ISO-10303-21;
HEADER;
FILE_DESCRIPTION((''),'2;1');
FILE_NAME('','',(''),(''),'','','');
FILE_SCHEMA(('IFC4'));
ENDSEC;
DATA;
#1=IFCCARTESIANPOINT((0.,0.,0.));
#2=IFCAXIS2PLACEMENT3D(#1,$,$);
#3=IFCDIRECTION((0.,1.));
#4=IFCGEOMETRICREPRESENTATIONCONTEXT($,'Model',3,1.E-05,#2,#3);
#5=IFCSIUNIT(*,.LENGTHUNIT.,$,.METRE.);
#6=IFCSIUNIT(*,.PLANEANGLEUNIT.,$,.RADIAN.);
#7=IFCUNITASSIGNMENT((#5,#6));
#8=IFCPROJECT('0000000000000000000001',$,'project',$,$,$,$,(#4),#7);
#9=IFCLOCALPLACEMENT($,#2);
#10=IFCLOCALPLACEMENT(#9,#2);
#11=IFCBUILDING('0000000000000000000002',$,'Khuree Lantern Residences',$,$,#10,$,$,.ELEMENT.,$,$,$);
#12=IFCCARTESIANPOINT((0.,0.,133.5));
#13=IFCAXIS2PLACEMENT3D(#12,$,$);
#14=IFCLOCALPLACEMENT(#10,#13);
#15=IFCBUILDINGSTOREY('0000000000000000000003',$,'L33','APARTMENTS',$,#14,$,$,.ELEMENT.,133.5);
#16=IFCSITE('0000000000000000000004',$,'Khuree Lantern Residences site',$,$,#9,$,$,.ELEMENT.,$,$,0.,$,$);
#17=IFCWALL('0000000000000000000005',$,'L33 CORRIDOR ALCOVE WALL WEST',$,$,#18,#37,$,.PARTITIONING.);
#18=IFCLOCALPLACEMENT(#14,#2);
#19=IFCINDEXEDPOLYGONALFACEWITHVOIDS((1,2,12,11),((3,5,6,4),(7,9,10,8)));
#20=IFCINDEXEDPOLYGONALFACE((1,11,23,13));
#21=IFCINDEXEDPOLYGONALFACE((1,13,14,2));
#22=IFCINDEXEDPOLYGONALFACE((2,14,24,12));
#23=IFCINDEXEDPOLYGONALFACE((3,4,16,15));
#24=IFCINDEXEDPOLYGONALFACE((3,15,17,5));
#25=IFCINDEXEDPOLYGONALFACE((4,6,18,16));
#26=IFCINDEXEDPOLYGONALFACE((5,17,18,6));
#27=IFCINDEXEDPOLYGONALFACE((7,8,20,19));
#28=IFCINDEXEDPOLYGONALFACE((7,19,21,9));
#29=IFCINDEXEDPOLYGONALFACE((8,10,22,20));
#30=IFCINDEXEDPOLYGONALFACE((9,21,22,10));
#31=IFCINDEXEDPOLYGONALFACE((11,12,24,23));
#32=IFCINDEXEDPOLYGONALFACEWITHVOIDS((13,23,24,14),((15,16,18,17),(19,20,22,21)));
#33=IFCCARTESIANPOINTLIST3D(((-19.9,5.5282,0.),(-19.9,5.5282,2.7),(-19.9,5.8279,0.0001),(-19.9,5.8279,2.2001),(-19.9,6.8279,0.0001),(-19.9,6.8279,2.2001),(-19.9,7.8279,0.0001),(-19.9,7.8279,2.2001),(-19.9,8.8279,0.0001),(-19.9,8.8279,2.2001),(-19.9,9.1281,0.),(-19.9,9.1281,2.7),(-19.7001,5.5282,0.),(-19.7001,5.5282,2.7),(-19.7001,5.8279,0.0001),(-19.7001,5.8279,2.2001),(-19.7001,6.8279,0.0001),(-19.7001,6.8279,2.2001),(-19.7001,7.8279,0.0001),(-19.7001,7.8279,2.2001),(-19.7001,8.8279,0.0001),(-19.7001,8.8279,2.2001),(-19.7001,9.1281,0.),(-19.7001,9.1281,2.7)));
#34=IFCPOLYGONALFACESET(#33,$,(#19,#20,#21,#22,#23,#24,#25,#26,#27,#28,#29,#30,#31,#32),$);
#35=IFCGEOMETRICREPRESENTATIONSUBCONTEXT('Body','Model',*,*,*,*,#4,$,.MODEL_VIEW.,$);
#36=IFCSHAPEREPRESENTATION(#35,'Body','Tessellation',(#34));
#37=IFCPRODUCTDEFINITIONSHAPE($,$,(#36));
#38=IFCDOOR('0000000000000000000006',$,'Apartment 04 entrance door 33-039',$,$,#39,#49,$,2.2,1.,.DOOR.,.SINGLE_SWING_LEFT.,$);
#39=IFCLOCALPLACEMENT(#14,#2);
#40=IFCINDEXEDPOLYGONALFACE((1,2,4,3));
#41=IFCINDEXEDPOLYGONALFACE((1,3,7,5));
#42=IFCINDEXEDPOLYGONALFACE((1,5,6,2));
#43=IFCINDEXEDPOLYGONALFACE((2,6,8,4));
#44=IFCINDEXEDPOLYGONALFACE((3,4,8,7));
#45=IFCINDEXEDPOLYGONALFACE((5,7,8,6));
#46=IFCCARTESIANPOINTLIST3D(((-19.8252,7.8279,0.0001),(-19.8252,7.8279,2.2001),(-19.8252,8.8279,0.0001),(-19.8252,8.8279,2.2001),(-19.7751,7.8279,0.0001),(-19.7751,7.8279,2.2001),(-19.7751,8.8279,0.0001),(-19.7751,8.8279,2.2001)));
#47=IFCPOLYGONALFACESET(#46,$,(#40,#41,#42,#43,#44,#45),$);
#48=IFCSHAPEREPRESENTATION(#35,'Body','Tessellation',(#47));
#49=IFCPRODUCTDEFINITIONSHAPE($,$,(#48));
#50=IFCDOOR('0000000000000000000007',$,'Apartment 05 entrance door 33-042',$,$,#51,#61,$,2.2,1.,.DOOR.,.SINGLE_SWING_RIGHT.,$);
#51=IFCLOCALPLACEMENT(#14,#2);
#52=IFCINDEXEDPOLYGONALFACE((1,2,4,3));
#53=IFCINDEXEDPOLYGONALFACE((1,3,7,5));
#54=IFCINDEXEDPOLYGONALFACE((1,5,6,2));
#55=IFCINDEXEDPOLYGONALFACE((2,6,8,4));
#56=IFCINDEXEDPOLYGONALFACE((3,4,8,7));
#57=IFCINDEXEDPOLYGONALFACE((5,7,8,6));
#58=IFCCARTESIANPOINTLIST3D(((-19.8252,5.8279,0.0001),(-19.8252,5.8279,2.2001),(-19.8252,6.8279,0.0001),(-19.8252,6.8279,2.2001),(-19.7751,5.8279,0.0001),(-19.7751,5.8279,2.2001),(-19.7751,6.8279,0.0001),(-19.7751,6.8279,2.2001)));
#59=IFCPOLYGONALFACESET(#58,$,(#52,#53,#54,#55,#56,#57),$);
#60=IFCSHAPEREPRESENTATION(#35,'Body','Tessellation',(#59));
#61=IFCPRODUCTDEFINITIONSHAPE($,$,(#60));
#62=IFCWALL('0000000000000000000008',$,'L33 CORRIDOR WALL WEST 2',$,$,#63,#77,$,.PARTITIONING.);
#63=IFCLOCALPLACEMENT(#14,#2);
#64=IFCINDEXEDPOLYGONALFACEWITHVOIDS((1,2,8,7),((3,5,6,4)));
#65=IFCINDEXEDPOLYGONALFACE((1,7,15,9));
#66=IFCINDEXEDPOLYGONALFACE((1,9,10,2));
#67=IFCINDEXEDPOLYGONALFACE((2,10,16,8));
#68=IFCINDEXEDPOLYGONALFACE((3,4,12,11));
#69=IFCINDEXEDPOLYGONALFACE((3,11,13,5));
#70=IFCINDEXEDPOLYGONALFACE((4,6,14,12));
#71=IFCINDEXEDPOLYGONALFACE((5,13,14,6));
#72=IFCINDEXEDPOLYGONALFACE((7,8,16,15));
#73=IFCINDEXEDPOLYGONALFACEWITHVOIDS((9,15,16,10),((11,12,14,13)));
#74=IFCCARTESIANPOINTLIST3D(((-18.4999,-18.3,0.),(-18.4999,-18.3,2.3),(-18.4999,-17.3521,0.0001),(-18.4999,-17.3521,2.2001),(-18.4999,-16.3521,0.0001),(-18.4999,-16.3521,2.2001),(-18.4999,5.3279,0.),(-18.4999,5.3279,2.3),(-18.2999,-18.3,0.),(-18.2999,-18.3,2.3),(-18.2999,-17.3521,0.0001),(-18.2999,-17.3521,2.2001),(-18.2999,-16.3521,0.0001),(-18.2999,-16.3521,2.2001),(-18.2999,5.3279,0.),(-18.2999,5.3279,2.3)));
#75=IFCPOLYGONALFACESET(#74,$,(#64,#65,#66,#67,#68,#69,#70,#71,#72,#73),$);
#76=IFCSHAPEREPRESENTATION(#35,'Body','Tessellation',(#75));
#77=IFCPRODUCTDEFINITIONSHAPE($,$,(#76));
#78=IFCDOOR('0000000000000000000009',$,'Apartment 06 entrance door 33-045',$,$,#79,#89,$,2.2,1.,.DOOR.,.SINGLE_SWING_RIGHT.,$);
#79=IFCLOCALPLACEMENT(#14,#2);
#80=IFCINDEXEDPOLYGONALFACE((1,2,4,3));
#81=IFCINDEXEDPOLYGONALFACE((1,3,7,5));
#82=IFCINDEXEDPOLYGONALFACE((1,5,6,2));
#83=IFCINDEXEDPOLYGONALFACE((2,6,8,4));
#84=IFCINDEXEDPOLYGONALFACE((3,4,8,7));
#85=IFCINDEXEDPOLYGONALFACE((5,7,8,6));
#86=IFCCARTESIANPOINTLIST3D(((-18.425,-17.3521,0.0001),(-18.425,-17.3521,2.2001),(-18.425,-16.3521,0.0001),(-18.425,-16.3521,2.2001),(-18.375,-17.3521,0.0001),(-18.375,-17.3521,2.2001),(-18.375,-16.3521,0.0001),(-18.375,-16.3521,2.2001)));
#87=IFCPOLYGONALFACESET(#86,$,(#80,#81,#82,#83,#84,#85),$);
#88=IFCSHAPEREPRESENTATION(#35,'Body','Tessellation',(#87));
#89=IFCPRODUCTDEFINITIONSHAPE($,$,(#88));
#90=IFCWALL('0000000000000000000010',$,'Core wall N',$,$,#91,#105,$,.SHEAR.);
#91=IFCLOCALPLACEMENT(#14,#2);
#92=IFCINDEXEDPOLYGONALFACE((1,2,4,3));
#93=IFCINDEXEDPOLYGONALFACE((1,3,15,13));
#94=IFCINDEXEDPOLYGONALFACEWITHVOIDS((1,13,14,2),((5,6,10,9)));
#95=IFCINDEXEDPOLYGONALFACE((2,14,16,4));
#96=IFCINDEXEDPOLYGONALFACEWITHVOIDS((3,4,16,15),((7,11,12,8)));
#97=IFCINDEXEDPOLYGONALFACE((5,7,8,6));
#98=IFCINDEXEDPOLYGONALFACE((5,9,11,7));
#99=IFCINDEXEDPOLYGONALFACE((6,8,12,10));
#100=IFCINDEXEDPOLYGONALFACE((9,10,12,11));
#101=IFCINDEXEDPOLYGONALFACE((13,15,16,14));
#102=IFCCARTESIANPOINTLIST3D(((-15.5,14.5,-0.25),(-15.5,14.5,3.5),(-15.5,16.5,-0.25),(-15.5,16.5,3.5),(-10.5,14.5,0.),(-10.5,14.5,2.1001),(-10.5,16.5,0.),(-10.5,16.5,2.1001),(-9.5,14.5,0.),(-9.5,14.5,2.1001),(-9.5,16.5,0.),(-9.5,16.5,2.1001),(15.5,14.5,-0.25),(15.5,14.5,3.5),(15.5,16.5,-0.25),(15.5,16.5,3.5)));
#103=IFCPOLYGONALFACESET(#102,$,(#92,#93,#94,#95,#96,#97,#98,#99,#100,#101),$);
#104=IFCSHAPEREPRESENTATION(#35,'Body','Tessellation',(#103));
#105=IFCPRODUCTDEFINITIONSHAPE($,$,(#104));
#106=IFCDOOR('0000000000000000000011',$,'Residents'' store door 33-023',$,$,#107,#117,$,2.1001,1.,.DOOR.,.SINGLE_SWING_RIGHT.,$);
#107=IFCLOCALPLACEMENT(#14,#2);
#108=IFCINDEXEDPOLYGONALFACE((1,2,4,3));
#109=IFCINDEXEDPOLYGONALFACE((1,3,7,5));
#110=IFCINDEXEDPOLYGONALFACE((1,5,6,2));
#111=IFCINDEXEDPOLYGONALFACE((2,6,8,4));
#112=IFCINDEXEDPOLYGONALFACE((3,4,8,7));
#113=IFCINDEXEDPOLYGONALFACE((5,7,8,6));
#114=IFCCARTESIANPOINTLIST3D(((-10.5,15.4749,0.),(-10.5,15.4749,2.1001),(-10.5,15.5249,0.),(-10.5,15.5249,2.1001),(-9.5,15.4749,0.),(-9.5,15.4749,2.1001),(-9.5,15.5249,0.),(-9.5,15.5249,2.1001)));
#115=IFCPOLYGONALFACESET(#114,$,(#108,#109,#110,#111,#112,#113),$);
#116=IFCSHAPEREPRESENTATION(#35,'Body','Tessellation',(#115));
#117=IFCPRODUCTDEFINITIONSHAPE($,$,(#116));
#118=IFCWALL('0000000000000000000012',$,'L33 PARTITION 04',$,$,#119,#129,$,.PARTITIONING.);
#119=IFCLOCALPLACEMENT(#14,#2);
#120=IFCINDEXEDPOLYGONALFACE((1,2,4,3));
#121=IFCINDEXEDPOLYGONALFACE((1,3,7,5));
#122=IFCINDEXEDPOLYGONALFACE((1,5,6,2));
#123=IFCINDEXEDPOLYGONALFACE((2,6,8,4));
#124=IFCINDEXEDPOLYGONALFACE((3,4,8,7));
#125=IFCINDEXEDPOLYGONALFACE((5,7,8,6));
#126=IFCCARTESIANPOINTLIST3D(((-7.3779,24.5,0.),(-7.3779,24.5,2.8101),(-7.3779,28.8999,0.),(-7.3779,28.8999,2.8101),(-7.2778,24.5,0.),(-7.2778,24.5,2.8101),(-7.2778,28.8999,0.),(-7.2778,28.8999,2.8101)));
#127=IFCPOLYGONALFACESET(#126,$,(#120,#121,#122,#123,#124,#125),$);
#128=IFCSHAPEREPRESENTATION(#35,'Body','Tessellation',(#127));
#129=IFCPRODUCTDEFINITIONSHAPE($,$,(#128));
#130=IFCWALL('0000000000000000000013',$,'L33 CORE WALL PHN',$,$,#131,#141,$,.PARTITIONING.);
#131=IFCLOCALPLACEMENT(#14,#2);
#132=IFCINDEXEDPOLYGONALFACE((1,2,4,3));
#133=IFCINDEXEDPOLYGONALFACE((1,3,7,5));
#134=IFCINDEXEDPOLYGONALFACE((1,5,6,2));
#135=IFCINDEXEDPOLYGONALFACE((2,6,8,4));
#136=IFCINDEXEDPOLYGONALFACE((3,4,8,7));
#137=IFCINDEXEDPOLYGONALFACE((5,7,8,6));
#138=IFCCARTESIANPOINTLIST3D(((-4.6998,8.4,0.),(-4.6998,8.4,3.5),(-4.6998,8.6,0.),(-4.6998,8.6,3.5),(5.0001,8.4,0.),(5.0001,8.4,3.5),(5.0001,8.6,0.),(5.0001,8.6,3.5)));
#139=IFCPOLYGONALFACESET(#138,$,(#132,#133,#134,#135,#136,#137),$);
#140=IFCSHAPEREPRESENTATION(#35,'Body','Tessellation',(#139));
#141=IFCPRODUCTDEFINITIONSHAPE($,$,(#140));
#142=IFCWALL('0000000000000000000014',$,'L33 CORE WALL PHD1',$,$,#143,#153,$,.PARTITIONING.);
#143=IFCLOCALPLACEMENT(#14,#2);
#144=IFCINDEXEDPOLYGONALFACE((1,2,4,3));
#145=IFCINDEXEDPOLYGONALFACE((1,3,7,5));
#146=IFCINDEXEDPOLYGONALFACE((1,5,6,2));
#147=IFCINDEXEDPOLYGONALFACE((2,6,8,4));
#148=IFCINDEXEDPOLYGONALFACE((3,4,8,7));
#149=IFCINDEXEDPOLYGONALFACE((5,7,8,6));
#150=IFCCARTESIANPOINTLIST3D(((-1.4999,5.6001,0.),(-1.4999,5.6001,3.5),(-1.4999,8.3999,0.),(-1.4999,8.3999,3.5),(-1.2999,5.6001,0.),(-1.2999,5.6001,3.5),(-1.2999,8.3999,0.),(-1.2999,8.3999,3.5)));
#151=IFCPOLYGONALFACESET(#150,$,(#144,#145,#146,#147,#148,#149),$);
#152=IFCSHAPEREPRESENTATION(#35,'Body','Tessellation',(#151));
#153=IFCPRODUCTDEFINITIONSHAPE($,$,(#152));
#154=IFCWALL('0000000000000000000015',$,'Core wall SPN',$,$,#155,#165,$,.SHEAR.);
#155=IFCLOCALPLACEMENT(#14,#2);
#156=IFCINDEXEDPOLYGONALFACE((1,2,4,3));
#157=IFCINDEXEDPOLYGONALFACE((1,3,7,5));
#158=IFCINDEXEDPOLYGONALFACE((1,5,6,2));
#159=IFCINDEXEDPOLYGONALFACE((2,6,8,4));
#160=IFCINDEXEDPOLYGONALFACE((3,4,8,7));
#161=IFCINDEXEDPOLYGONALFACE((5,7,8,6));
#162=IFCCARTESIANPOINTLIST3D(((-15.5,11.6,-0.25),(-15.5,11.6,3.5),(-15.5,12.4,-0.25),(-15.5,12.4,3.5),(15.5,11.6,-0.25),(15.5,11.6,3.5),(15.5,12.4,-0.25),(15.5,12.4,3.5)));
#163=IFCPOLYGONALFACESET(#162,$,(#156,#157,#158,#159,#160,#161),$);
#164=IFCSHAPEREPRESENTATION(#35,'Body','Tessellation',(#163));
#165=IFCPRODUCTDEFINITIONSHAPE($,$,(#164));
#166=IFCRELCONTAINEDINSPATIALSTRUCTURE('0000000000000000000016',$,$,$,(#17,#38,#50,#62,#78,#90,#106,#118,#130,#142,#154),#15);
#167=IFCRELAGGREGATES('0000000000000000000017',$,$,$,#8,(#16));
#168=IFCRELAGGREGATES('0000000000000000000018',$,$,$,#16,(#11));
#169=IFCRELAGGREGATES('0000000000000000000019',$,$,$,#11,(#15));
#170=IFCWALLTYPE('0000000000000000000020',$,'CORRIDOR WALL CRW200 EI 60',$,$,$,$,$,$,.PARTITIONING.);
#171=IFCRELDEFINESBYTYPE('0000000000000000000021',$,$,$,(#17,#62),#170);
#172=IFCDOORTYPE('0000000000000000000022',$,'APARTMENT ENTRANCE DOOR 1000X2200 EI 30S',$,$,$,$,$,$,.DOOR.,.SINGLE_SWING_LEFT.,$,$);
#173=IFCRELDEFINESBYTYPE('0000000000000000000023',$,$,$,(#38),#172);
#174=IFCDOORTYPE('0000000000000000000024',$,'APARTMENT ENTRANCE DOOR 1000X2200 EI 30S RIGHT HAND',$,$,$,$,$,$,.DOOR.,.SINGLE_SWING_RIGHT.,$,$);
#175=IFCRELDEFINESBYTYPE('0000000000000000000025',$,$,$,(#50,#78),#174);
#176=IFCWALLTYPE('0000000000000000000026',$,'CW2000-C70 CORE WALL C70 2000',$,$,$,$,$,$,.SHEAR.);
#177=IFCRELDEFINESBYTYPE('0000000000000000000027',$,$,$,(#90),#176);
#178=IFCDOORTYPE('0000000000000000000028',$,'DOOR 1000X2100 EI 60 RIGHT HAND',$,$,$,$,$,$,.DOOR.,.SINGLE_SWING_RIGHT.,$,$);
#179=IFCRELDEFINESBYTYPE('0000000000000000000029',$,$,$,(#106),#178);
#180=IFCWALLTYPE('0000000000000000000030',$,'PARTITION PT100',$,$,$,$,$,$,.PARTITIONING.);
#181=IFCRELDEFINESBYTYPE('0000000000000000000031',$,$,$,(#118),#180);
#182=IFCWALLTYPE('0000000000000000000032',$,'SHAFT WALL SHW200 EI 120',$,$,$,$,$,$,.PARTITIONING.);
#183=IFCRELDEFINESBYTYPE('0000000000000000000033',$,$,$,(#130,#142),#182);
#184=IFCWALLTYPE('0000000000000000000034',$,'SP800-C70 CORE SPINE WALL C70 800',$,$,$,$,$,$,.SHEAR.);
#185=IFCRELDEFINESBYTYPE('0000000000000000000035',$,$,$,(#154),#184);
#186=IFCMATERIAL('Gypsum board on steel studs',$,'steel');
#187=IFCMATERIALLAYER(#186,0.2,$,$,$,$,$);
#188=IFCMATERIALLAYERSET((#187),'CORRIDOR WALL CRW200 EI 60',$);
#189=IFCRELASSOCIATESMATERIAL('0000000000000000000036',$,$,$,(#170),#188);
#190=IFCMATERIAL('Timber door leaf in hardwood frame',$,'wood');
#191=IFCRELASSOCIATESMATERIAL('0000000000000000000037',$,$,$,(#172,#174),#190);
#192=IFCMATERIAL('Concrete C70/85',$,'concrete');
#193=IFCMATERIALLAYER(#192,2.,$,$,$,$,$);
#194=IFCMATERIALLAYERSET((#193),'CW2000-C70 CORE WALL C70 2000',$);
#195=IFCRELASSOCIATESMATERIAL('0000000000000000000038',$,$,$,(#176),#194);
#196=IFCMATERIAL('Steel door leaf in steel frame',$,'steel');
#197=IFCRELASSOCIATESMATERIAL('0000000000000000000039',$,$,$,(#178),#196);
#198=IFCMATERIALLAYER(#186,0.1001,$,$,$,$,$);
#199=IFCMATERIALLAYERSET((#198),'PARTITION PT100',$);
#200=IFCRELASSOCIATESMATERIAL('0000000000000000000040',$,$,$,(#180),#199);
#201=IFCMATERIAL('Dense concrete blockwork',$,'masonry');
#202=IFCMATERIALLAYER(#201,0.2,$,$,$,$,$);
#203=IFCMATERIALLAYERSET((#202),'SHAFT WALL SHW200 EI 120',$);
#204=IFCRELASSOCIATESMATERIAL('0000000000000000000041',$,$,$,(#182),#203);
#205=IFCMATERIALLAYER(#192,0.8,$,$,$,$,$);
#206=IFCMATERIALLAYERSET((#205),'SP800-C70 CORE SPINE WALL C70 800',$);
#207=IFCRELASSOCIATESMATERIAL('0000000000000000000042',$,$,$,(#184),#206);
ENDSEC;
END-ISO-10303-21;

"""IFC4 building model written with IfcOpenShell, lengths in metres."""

from ifc_helpers import new_model, si_unit, direction, frame, frame_2d, origin, place, context, subcontext, project, spatial, rectangle, extrude, material, layer, layer_set, type_object, element, fill, save


model = new_model("IFC4")

# Units and contexts
model_context = context("Model", 3, precision=1e-05, world=origin(), true_north=direction((0.0, 1.0)))
body_context = subcontext(model_context, "Body", "Model", "MODEL_VIEW")
ifc_project = project(units=[si_unit("LENGTHUNIT", "METRE"), si_unit("PLANEANGLEUNIT", "RADIAN")], contexts=[model_context])

# Site, building, storey
site_placement = place(None, origin())
site = spatial("IfcSite", under=ifc_project, at=site_placement, Name="Khuree Lantern Residences site", CompositionType="ELEMENT", RefElevation=0.0)
building_placement = place(site_placement, origin())
building = spatial("IfcBuilding", under=site, at=building_placement, Name="Khuree Lantern Residences", CompositionType="ELEMENT")
storey_placement = place(building_placement, frame((0.0, 0.0, 133.5)))
storey = spatial("IfcBuildingStorey", under=building, at=storey_placement, Name="L33", Description="APARTMENTS", CompositionType="ELEMENT", Elevation=133.5)

# Shared definitions
ifc_material_1 = material(Name="Concrete C70/85", Category="concrete")

# Shared definitions
ifc_material_2 = material(Name="Dense concrete blockwork", Category="masonry")

# Shared definitions
ifc_material_3 = material(Name="Steel door leaf in steel frame", Category="steel")
ifc_material_4 = material(Name="Timber door leaf in hardwood frame", Category="wood")

# Shared definitions
ifc_material_5 = material(Name="Gypsum board on steel studs", Category="steel")
ifc_layer_1 = layer(ifc_material_5, 0.2)
ifc_layer_set_1 = layer_set([ifc_layer_1], Name="CORRIDOR WALL CRW200 EI 60")
wall_type_1 = type_object("IfcWallType", Name="CORRIDOR WALL CRW200 EI 60", PredefinedType="PARTITIONING", material=ifc_layer_set_1)

# Wall, openings, doors
wall_1_placement = place(storey_placement, frame((-19.8, 9.1279, 0.0), z_axis=(0.0, 0.0, 1.0), x_axis=(0.0, -1.0, 0.0)))
wall_1 = element("IfcWall", 1, at=wall_1_placement, inside=storey, type_object=wall_type_1, Name="L33 CORRIDOR ALCOVE WALL WEST", PredefinedType="PARTITIONING", context=body_context, shape_type="SweptSolid", body=[
    extrude(rectangle(XDim=3.5999, YDim=0.2, at=frame_2d((1.7998, 0.0))), origin(), (0.0, 0.0, 1.0), 2.7),
])
opening_1_placement = place(wall_1_placement, frame((0.3, 0.0, 0.0)))
opening_1 = element("IfcOpeningElement", 2, at=opening_1_placement, cuts=wall_1, PredefinedType="OPENING", context=body_context, shape_type="SweptSolid", body=[
    extrude(rectangle(XDim=1.0, YDim=2.2, at=frame_2d((0.5, 1.1001))), frame((0.0, 0.1099, 0.0), z_axis=(0.0, -1.0, 0.0), x_axis=(1.0, 0.0, 0.0)), (0.0, 0.0, 1.0), 0.22),
])
opening_2_placement = place(wall_1_placement, frame((2.3, 0.0, 0.0)))
opening_2 = element("IfcOpeningElement", 3, at=opening_2_placement, cuts=wall_1, PredefinedType="OPENING", context=body_context, shape_type="SweptSolid", body=[
    extrude(rectangle(XDim=1.0, YDim=2.2, at=frame_2d((0.5, 1.1001))), frame((0.0, 0.1099, 0.0), z_axis=(0.0, -1.0, 0.0), x_axis=(1.0, 0.0, 0.0)), (0.0, 0.0, 1.0), 0.22),
])
door_type_1 = type_object("IfcDoorType", Name="APARTMENT ENTRANCE DOOR 1000X2200 EI 30S", OperationType="SINGLE_SWING_LEFT", PredefinedType="DOOR", material=ifc_material_4)
door_1_placement = place(opening_1_placement, origin())
door_1 = element("IfcDoor", 4, at=door_1_placement, inside=storey, type_object=door_type_1, Name="Apartment 04 entrance door 33-039", OperationType="SINGLE_SWING_LEFT", OverallHeight=2.2, OverallWidth=1.0, PredefinedType="DOOR", context=body_context, shape_type="SweptSolid", body=[
    extrude(rectangle(XDim=1.0, YDim=2.2, at=frame_2d((0.5, 1.1001))), frame((0.0, 0.0249, 0.0), z_axis=(0.0, -1.0, 0.0), x_axis=(1.0, 0.0, 0.0)), (0.0, 0.0, 1.0), 0.05),
])
fill(opening_1, door_1)
door_type_2 = type_object("IfcDoorType", Name="APARTMENT ENTRANCE DOOR 1000X2200 EI 30S RIGHT HAND", OperationType="SINGLE_SWING_RIGHT", PredefinedType="DOOR", material=ifc_material_4)
door_2_placement = place(opening_2_placement, origin())
door_2 = element("IfcDoor", 5, at=door_2_placement, inside=storey, type_object=door_type_2, Name="Apartment 05 entrance door 33-042", OperationType="SINGLE_SWING_RIGHT", OverallHeight=2.2, OverallWidth=1.0, PredefinedType="DOOR", context=body_context, shape_type="SweptSolid", body=[
    extrude(rectangle(XDim=1.0, YDim=2.2, at=frame_2d((0.5, 1.1001))), frame((0.0, 0.0249, 0.0), z_axis=(0.0, -1.0, 0.0), x_axis=(1.0, 0.0, 0.0)), (0.0, 0.0, 1.0), 0.05),
])
fill(opening_2, door_2)

# Walls, openings, doors
wall_2_placement = place(storey_placement, frame((-18.3999, 5.3279, 0.0), z_axis=(0.0, 0.0, 1.0), x_axis=(0.0, -1.0, 0.0)))
wall_2 = element("IfcWall", 6, at=wall_2_placement, inside=storey, type_object=wall_type_1, Name="L33 CORRIDOR WALL WEST 2", PredefinedType="PARTITIONING", context=body_context, shape_type="SweptSolid", body=[
    extrude(rectangle(XDim=23.6279, YDim=0.2, at=frame_2d((11.814, 0.0))), origin(), (0.0, 0.0, 1.0), 2.3),
])
opening_3_placement = place(wall_2_placement, frame((21.6799, 0.0, 0.0)))
opening_3 = element("IfcOpeningElement", 7, at=opening_3_placement, cuts=wall_2, PredefinedType="OPENING", context=body_context, shape_type="SweptSolid", body=[
    extrude(rectangle(XDim=1.0, YDim=2.2, at=frame_2d((0.5, 1.1001))), frame((0.0, 0.1099, 0.0), z_axis=(0.0, -1.0, 0.0), x_axis=(1.0, 0.0, 0.0)), (0.0, 0.0, 1.0), 0.22),
])
door_3_placement = place(opening_3_placement, origin())
door_3 = element("IfcDoor", 8, at=door_3_placement, inside=storey, type_object=door_type_2, Name="Apartment 06 entrance door 33-045", OperationType="SINGLE_SWING_RIGHT", OverallHeight=2.2, OverallWidth=1.0, PredefinedType="DOOR", context=body_context, shape_type="SweptSolid", body=[
    extrude(rectangle(XDim=1.0, YDim=2.2, at=frame_2d((0.5, 1.1001))), frame((0.0, 0.0249, 0.0), z_axis=(0.0, -1.0, 0.0), x_axis=(1.0, 0.0, 0.0)), (0.0, 0.0, 1.0), 0.05),
])
fill(opening_3, door_3)
ifc_layer_2 = layer(ifc_material_1, 2.0)
ifc_layer_set_2 = layer_set([ifc_layer_2], Name="CW2000-C70 CORE WALL C70 2000")
wall_type_2 = type_object("IfcWallType", Name="CW2000-C70 CORE WALL C70 2000", PredefinedType="SHEAR", material=ifc_layer_set_2)
wall_3_placement = place(storey_placement, frame((-15.5, 15.5, -0.25), z_axis=(0.0, 0.0, 1.0), x_axis=(1.0, 0.0, 0.0)))
wall_3 = element("IfcWall", 9, at=wall_3_placement, inside=storey, type_object=wall_type_2, Name="Core wall N", PredefinedType="SHEAR", context=body_context, shape_type="SweptSolid", body=[
    extrude(rectangle(XDim=31.0, YDim=2.0, at=frame_2d((15.5, 0.0))), origin(), (0.0, 0.0, 1.0), 3.75),
])
opening_4_placement = place(wall_3_placement, frame((5.0, 0.0, 0.25)))
opening_4 = element("IfcOpeningElement", 10, at=opening_4_placement, cuts=wall_3, PredefinedType="OPENING", context=body_context, shape_type="SweptSolid", body=[
    extrude(rectangle(XDim=1.0, YDim=2.1001, at=frame_2d((0.5, 1.05))), frame((0.0, 1.01, 0.0), z_axis=(0.0, -1.0, 0.0), x_axis=(1.0, 0.0, 0.0)), (0.0, 0.0, 1.0), 2.02),
])
door_type_3 = type_object("IfcDoorType", Name="DOOR 1000X2100 EI 60 RIGHT HAND", OperationType="SINGLE_SWING_RIGHT", PredefinedType="DOOR", material=ifc_material_3)
door_4_placement = place(opening_4_placement, origin())
door_4 = element("IfcDoor", 11, at=door_4_placement, inside=storey, type_object=door_type_3, Name="Residents' store door 33-023", OperationType="SINGLE_SWING_RIGHT", OverallHeight=2.1001, OverallWidth=1.0, PredefinedType="DOOR", context=body_context, shape_type="SweptSolid", body=[
    extrude(rectangle(XDim=1.0, YDim=2.1001, at=frame_2d((0.5, 1.05))), frame((0.0, 0.0249, 0.0), z_axis=(0.0, -1.0, 0.0), x_axis=(1.0, 0.0, 0.0)), (0.0, 0.0, 1.0), 0.05),
])
fill(opening_4, door_4)

# Walls
ifc_layer_3 = layer(ifc_material_5, 0.1001)
ifc_layer_set_3 = layer_set([ifc_layer_3], Name="PARTITION PT100")
wall_type_3 = type_object("IfcWallType", Name="PARTITION PT100", PredefinedType="PARTITIONING", material=ifc_layer_set_3)
wall_4_placement = place(storey_placement, frame((-7.3279, 24.5, 0.0), z_axis=(0.0, 0.0, 1.0), x_axis=(0.0, 1.0, 0.0)))
element("IfcWall", 12, at=wall_4_placement, inside=storey, type_object=wall_type_3, Name="L33 PARTITION 04", PredefinedType="PARTITIONING", context=body_context, shape_type="SweptSolid", body=[
    extrude(rectangle(XDim=4.3999, YDim=0.1001, at=frame_2d((2.2, 0.0))), origin(), (0.0, 0.0, 1.0), 2.8101),
])
ifc_layer_4 = layer(ifc_material_2, 0.2)
ifc_layer_set_4 = layer_set([ifc_layer_4], Name="SHAFT WALL SHW200 EI 120")
wall_type_4 = type_object("IfcWallType", Name="SHAFT WALL SHW200 EI 120", PredefinedType="PARTITIONING", material=ifc_layer_set_4)
wall_5_placement = place(storey_placement, frame((-4.7, 8.5, 0.0), z_axis=(0.0, 0.0, 1.0), x_axis=(1.0, 0.0, 0.0)))
element("IfcWall", 13, at=wall_5_placement, inside=storey, type_object=wall_type_4, Name="L33 CORE WALL PHN", PredefinedType="PARTITIONING", context=body_context, shape_type="SweptSolid", body=[
    extrude(rectangle(XDim=9.7, YDim=0.2, at=frame_2d((4.8501, 0.0))), origin(), (0.0, 0.0, 1.0), 3.5),
])
wall_6_placement = place(storey_placement, frame((-1.3999, 5.6001, 0.0), z_axis=(0.0, 0.0, 1.0), x_axis=(0.0, 1.0, 0.0)))
element("IfcWall", 14, at=wall_6_placement, inside=storey, type_object=wall_type_4, Name="L33 CORE WALL PHD1", PredefinedType="PARTITIONING", context=body_context, shape_type="SweptSolid", body=[
    extrude(rectangle(XDim=2.7998, YDim=0.2, at=frame_2d((1.3999, 0.0))), origin(), (0.0, 0.0, 1.0), 3.5),
])
ifc_layer_5 = layer(ifc_material_1, 0.8)
ifc_layer_set_5 = layer_set([ifc_layer_5], Name="SP800-C70 CORE SPINE WALL C70 800")
wall_type_5 = type_object("IfcWallType", Name="SP800-C70 CORE SPINE WALL C70 800", PredefinedType="SHEAR", material=ifc_layer_set_5)
wall_7_placement = place(storey_placement, frame((-15.5, 12.0, -0.25), z_axis=(0.0, 0.0, 1.0), x_axis=(1.0, 0.0, 0.0)))
element("IfcWall", 15, at=wall_7_placement, inside=storey, type_object=wall_type_5, Name="Core wall SPN", PredefinedType="SHEAR", context=body_context, shape_type="SweptSolid", body=[
    extrude(rectangle(XDim=31.0, YDim=0.8, at=frame_2d((15.5, 0.0))), origin(), (0.0, 0.0, 1.0), 3.75),
])

save(model, "model.ifc")
